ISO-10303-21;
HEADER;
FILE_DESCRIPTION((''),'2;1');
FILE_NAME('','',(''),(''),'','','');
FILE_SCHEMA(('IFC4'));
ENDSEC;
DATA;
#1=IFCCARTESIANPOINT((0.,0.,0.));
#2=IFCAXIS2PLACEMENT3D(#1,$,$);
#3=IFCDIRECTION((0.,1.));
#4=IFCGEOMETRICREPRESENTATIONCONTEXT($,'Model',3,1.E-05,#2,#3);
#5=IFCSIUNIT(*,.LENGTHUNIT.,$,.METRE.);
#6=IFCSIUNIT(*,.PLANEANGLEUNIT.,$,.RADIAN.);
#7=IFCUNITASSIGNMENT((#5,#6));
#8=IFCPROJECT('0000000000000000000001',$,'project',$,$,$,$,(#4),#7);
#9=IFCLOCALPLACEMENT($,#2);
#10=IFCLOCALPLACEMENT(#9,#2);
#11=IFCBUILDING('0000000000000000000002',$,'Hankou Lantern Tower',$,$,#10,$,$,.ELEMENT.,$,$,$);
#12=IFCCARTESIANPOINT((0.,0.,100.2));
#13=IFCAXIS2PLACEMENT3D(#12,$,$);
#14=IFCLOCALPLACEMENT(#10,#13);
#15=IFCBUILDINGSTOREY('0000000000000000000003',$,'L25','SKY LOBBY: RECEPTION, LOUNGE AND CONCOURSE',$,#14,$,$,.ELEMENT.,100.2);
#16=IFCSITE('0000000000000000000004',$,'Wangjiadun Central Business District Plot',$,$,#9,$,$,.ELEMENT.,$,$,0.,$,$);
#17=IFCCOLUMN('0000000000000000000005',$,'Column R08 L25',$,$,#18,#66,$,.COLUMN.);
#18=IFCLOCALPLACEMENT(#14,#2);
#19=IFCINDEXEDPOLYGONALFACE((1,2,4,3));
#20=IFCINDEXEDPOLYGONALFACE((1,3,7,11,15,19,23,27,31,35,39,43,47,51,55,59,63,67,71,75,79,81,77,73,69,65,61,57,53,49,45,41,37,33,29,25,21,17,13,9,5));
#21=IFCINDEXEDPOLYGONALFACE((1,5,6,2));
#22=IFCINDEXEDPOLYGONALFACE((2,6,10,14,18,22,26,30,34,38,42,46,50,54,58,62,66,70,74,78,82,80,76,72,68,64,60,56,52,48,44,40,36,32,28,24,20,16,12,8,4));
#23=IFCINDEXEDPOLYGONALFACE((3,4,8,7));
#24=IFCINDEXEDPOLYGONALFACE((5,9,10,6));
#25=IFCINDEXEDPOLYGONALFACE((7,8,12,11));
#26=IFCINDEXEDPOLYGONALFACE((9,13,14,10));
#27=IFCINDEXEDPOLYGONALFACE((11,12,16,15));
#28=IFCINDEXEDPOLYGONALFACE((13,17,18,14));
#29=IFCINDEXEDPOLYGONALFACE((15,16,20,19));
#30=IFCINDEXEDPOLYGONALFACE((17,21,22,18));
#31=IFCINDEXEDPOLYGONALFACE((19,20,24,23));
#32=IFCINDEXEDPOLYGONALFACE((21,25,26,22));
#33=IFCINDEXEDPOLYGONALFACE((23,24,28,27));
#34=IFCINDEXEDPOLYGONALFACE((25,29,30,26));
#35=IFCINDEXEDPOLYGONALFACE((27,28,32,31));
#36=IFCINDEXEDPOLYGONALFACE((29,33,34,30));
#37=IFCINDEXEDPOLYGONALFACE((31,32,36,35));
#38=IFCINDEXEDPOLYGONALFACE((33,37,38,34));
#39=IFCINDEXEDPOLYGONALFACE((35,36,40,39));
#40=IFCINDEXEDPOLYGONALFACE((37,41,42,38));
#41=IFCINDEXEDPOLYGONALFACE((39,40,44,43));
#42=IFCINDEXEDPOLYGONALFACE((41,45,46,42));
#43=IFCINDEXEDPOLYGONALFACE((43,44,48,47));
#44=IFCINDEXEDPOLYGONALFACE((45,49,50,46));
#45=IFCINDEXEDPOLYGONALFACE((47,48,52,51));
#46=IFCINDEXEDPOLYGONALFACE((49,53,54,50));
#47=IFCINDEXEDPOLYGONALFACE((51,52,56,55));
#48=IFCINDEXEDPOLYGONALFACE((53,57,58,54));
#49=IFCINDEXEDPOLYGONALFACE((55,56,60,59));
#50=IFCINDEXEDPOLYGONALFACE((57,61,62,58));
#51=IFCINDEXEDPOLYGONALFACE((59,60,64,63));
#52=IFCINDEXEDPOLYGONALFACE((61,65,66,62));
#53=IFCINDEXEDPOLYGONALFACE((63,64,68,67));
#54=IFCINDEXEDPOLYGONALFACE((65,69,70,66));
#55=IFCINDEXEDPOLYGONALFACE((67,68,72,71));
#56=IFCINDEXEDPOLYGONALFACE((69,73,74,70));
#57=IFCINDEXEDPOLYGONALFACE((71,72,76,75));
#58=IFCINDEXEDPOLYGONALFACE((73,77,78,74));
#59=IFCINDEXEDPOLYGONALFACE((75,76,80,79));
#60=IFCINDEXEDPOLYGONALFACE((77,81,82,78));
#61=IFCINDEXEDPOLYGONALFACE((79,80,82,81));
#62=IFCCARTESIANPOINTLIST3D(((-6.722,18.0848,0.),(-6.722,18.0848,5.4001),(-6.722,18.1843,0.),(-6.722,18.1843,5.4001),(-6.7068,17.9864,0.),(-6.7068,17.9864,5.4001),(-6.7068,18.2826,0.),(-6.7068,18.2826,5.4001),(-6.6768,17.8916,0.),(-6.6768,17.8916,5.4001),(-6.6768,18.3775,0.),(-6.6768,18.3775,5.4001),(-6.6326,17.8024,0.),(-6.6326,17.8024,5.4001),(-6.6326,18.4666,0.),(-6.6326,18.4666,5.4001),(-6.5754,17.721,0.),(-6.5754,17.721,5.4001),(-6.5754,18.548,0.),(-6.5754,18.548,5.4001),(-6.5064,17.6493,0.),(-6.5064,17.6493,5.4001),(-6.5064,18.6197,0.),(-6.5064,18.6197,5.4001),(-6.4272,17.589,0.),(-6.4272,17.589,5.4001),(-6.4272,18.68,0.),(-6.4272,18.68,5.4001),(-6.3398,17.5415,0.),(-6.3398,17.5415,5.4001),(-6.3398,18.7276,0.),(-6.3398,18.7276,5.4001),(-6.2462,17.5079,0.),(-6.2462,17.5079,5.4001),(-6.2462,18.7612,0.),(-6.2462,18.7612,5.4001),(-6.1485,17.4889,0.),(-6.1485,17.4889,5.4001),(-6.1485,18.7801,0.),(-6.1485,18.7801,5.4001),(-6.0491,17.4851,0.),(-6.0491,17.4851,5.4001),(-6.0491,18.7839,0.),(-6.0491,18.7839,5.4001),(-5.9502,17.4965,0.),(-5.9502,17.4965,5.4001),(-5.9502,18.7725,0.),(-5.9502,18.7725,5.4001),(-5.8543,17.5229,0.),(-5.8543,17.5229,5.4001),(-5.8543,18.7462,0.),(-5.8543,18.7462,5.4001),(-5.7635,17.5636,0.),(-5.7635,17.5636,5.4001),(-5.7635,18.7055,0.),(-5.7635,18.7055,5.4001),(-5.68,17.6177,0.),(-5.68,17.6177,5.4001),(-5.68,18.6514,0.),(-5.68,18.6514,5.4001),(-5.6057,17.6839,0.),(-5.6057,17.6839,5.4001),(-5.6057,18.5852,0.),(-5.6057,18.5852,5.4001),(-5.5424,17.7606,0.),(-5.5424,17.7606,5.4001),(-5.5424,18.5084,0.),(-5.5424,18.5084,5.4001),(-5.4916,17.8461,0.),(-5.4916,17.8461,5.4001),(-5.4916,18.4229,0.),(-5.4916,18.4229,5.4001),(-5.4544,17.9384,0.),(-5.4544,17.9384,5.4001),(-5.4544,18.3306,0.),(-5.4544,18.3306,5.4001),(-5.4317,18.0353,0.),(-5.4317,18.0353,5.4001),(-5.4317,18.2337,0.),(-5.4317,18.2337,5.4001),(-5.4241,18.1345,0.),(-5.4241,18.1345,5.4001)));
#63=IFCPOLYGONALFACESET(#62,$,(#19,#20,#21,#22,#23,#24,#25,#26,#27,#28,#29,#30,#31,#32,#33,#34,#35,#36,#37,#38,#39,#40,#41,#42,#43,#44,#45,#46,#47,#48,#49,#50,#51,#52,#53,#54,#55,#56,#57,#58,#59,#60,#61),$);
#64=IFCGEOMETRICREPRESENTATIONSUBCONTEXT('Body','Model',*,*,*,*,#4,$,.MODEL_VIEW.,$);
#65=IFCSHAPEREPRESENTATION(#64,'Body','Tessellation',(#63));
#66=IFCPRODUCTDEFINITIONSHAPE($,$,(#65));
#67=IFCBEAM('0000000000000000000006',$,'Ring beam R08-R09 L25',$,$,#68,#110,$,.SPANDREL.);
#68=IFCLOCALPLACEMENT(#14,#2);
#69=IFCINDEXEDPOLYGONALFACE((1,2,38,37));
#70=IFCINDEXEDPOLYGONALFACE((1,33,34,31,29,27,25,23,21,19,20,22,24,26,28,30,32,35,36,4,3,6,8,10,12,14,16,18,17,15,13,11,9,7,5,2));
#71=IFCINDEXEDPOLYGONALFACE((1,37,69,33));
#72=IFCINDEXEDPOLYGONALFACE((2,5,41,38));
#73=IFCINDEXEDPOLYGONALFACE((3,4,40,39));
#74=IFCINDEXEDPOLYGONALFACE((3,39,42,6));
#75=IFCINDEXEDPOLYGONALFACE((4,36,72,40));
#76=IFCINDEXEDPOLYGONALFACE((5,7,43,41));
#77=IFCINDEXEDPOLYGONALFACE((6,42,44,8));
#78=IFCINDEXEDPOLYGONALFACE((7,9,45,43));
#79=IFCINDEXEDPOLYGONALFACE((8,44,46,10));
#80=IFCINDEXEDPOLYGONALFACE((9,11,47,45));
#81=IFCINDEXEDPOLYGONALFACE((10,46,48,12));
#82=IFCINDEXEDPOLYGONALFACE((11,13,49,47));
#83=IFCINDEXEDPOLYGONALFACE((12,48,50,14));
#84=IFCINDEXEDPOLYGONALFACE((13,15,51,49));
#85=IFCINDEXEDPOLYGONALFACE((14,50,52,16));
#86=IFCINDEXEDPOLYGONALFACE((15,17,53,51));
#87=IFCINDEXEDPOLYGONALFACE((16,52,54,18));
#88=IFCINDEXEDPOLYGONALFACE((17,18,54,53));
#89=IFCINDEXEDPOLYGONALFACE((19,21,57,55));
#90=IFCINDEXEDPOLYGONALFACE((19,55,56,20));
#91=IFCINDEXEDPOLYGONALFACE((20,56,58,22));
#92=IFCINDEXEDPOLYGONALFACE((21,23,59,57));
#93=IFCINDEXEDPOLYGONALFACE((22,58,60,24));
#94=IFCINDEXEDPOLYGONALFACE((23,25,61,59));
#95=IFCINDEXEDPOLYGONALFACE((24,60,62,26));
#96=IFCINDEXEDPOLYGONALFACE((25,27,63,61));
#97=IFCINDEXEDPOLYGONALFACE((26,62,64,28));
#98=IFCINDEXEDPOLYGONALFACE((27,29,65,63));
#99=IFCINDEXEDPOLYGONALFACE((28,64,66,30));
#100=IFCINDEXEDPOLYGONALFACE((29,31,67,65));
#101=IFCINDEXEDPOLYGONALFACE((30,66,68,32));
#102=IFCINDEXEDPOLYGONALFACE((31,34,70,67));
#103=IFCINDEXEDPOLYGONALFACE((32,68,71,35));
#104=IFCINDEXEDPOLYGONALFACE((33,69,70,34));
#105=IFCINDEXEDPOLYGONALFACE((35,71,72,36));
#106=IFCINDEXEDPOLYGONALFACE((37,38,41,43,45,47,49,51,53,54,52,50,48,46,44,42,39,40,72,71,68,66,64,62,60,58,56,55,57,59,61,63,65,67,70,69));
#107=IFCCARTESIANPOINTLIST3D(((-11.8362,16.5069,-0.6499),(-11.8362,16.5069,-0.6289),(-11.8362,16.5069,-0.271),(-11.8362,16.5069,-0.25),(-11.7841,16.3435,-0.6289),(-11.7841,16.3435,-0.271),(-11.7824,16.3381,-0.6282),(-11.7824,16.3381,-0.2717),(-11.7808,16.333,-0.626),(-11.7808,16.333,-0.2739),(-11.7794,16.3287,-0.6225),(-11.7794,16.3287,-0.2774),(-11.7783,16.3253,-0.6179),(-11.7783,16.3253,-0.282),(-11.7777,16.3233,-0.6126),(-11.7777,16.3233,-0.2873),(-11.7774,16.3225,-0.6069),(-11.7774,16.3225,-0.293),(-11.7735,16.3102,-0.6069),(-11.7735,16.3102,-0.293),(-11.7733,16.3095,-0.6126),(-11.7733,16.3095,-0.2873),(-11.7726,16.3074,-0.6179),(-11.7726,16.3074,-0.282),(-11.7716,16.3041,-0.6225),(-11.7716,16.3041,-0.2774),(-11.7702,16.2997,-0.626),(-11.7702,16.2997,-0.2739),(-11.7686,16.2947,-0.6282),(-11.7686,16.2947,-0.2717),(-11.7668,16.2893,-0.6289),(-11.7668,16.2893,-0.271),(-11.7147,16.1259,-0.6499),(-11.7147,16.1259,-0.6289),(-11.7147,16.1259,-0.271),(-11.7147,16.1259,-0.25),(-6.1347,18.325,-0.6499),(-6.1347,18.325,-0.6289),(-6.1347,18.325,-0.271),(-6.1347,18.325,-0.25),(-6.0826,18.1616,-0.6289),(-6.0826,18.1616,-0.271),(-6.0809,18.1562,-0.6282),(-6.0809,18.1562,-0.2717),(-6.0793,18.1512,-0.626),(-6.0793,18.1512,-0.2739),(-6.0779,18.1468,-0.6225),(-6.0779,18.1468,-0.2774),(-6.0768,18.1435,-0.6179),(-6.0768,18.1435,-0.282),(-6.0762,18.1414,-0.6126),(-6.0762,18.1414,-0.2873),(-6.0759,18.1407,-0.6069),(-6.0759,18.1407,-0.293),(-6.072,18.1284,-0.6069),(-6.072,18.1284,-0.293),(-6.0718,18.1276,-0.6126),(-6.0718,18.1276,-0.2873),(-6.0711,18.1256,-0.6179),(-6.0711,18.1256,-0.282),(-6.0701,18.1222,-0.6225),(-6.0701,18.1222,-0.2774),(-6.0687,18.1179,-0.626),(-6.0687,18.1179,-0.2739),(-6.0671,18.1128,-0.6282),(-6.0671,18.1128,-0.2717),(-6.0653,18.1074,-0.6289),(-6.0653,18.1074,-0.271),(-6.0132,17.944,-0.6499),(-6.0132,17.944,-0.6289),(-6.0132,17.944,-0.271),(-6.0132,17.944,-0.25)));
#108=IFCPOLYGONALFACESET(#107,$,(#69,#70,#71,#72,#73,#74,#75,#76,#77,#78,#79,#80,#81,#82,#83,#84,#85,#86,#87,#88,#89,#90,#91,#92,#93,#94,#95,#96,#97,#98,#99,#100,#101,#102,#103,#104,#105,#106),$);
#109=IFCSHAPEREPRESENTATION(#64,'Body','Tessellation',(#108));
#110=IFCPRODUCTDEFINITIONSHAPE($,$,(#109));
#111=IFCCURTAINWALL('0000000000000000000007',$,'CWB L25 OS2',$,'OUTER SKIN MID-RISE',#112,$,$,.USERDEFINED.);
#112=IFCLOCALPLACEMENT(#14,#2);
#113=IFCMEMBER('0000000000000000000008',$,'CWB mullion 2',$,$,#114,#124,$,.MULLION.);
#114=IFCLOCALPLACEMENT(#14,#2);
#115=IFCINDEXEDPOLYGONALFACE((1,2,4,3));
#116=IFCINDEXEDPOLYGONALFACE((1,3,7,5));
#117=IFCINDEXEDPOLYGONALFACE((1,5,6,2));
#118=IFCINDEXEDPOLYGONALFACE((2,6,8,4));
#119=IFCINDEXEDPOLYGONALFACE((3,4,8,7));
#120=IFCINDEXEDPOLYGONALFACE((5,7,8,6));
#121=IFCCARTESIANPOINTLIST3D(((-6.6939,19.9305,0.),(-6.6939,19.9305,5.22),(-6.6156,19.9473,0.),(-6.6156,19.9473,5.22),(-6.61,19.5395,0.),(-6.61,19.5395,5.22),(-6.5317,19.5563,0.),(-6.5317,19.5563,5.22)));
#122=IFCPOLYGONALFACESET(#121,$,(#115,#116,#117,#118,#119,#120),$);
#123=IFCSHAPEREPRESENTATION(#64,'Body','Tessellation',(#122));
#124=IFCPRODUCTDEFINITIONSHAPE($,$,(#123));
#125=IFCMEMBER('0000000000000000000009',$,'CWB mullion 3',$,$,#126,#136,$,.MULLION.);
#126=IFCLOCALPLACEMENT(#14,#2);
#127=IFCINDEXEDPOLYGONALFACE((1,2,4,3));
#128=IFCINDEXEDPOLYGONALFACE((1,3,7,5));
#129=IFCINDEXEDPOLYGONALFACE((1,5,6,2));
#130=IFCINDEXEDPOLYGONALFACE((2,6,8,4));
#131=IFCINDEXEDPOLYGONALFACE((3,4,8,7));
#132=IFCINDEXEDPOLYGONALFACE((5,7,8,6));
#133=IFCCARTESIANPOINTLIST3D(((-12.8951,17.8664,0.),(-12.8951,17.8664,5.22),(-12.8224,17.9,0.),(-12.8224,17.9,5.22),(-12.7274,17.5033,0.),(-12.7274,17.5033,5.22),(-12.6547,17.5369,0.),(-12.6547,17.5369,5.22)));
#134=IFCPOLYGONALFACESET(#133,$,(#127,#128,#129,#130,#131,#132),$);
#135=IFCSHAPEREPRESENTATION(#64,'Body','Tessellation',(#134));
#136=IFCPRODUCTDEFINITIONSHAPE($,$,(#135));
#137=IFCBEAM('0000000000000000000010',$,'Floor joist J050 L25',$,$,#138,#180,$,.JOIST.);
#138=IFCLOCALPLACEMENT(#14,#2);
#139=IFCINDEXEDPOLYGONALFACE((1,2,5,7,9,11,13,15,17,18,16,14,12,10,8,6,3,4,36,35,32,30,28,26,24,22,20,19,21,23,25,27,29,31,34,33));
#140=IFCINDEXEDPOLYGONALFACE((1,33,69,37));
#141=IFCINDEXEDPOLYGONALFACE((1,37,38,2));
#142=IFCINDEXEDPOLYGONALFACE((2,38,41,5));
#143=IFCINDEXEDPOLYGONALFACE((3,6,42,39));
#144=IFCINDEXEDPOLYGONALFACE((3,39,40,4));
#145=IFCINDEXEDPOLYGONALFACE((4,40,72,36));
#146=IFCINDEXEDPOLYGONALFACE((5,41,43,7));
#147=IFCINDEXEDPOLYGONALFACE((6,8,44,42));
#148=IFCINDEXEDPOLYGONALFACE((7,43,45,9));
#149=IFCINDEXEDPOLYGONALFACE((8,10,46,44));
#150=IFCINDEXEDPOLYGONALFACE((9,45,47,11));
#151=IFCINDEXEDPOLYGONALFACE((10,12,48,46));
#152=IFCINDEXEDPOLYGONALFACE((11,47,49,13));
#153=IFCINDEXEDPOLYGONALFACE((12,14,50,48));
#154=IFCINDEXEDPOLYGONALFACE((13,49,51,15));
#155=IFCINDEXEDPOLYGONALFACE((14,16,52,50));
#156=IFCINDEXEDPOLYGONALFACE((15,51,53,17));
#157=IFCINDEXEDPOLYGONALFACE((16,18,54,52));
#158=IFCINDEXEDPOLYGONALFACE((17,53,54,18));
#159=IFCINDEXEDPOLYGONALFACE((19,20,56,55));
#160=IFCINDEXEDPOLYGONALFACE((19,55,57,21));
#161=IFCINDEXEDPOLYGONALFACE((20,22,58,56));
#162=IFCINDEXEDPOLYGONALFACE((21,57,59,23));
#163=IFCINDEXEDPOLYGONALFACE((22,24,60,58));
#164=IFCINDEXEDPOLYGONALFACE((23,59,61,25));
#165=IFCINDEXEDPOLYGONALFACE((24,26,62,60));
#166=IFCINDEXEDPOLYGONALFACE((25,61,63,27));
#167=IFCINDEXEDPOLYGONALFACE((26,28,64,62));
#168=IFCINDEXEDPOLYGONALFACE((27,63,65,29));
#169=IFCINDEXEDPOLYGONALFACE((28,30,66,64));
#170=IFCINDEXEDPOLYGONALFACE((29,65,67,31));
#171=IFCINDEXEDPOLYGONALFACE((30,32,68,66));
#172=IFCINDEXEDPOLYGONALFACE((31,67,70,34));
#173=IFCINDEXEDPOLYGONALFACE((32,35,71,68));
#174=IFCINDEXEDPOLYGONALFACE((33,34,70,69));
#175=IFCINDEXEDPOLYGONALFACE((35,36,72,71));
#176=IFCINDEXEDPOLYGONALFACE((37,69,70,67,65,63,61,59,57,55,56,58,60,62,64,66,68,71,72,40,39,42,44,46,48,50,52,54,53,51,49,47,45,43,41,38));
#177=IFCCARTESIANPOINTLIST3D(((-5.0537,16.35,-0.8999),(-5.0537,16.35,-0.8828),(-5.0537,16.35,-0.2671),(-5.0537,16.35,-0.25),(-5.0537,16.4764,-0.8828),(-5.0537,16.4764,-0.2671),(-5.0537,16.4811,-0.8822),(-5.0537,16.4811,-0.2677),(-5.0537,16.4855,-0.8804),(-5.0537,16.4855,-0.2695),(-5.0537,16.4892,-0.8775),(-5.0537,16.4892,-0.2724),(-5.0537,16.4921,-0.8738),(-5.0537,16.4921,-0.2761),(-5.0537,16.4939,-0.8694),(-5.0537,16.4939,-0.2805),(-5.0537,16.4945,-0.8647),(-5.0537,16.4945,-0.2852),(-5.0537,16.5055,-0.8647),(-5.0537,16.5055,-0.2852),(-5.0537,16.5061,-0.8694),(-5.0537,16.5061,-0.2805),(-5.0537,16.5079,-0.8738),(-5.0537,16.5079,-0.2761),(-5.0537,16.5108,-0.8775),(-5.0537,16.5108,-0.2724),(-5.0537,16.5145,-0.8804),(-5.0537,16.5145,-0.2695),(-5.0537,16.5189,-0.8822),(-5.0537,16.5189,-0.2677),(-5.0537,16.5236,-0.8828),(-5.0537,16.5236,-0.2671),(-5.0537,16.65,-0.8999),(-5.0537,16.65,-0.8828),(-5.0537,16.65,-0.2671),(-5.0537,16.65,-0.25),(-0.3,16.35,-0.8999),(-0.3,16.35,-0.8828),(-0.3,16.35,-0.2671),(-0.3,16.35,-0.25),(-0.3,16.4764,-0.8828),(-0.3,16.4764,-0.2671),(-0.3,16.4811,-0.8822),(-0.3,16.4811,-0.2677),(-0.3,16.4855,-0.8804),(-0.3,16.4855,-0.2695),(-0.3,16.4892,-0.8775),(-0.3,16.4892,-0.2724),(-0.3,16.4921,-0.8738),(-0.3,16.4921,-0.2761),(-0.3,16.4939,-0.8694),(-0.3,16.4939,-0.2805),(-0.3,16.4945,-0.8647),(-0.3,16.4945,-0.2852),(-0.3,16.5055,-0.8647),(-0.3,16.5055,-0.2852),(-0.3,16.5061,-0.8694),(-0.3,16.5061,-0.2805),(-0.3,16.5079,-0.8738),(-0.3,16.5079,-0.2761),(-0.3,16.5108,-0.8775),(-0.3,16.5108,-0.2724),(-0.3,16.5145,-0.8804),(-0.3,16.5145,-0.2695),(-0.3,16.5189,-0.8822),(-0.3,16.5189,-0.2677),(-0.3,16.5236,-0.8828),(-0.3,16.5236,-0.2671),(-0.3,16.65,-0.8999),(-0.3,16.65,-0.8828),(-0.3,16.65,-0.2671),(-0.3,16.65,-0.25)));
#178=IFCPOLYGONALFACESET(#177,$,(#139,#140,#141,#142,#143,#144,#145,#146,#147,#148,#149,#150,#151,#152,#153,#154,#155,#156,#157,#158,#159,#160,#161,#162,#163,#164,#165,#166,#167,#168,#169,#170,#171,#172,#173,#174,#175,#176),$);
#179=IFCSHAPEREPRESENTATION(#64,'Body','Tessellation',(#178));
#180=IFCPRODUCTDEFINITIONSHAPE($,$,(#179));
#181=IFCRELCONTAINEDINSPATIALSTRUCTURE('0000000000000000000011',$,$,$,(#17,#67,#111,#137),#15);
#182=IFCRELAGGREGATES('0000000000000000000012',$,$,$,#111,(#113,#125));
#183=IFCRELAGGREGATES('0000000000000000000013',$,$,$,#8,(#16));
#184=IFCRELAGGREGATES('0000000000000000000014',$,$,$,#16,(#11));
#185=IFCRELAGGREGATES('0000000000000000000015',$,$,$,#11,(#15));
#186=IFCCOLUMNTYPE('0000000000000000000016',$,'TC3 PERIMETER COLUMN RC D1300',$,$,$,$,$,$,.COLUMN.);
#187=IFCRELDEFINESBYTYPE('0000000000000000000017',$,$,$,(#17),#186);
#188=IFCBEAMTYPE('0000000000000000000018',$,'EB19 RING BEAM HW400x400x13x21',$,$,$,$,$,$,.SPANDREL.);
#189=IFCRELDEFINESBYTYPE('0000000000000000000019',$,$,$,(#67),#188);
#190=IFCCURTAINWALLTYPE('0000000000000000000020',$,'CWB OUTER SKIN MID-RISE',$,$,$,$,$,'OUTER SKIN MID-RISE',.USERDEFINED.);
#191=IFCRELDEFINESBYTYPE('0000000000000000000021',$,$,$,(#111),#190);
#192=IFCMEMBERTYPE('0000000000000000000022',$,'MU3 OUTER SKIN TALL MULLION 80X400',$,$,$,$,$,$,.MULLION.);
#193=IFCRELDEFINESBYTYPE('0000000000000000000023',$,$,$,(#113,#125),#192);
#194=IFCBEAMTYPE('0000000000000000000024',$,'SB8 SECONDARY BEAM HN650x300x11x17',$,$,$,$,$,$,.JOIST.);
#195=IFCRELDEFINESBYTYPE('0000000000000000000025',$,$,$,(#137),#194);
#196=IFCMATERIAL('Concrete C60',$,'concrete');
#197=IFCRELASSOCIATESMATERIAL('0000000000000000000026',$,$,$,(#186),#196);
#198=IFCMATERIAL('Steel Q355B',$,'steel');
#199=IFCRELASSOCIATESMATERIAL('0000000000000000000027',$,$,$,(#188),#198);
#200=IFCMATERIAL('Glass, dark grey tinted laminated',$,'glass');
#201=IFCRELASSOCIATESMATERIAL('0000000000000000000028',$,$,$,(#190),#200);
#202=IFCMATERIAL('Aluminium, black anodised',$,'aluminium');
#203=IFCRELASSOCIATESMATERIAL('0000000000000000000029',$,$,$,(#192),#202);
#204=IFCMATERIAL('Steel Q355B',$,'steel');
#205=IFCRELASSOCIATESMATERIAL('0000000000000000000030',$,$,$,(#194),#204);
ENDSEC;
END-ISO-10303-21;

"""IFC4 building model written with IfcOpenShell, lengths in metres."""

from ifc_helpers import new_model, si_unit, direction, frame, origin, origin_2d, place, context, subcontext, project, spatial, rectangle, circle, i_section, extrude, material, material_profile, profile_set, type_object, element, aggregate, save


model = new_model("IFC4")

# Units and contexts
model_context = context("Model", 3, precision=1e-05, world=origin(), true_north=direction((0.0, 1.0)))
body_context = subcontext(model_context, "Body", "Model", "MODEL_VIEW")
ifc_project = project(units=[si_unit("LENGTHUNIT", "METRE"), si_unit("PLANEANGLEUNIT", "RADIAN")], contexts=[model_context])

# Site, building, storey
site_placement = place(None, origin())
site = spatial("IfcSite", under=ifc_project, at=site_placement, Name="Wangjiadun Central Business District Plot", CompositionType="ELEMENT", RefElevation=0.0)
building_placement = place(site_placement, origin())
building = spatial("IfcBuilding", under=site, at=building_placement, Name="Hankou Lantern Tower", CompositionType="ELEMENT")
storey_placement = place(building_placement, frame((0.0, 0.0, 100.2)))
storey = spatial("IfcBuildingStorey", under=building, at=storey_placement, Name="L25", Description="SKY LOBBY: RECEPTION, LOUNGE AND CONCOURSE", CompositionType="ELEMENT", Elevation=100.2)

# Column
ifc_material_1 = material(Name="Concrete C60", Category="concrete")
ifc_material_profile_1 = material_profile(ifc_material_1, circle(Radius=0.6499, at=origin_2d()), Name="RC D1300")
ifc_profile_set_1 = profile_set([ifc_material_profile_1], Name="Concrete C60")
column_type = type_object("IfcColumnType", Name="TC3 PERIMETER COLUMN RC D1300", PredefinedType="COLUMN", material=ifc_profile_set_1)
column_placement = place(storey_placement, frame((-6.074, 18.1345, 0.0), z_axis=(0.0, 0.0, 1.0), x_axis=(1.0, 0.0, 0.0)))
element("IfcColumn", 1, at=column_placement, inside=storey, type_object=column_type, Name="Column R08 L25", PredefinedType="COLUMN", context=body_context, shape_type="SweptSolid", body=[
    extrude(circle(Radius=0.6499, at=origin_2d()), origin(), (0.0, 0.0, 1.0), 5.4001),
])

# Beam
ifc_material_2 = material(Name="Steel Q355B", Category="steel")
ifc_material_profile_2 = material_profile(ifc_material_2, i_section(OverallWidth=0.3999, OverallDepth=0.3999, WebThickness=0.0129, FlangeThickness=0.021, FilletRadius=0.022, at=origin_2d()), Name="HW400x400x13x21")
ifc_profile_set_2 = profile_set([ifc_material_profile_2], Name="Steel Q355B")
beam_type_1 = type_object("IfcBeamType", Name="EB19 RING BEAM HW400x400x13x21", PredefinedType="SPANDREL", material=ifc_profile_set_2)
beam_1_placement = place(storey_placement, frame((-6.074, 18.1345, -0.45), z_axis=(-0.952731, -0.303815, 0.0), x_axis=(0.303815, -0.952731, 0.0)))
element("IfcBeam", 2, at=beam_1_placement, inside=storey, type_object=beam_type_1, Name="Ring beam R08-R09 L25", PredefinedType="SPANDREL", context=body_context, shape_type="SweptSolid", body=[
    extrude(i_section(OverallWidth=0.3999, OverallDepth=0.3999, WebThickness=0.0129, FlangeThickness=0.021, FilletRadius=0.022, at=origin_2d()), origin(), (0.0, 0.0, 1.0), 5.9844),
])

# Curtain wall, members
ifc_material_3 = material(Name="Glass, dark grey tinted laminated", Category="glass")
curtain_wall_type = type_object("IfcCurtainWallType", Name="CWB OUTER SKIN MID-RISE", ElementType="OUTER SKIN MID-RISE", PredefinedType="USERDEFINED", material=ifc_material_3)
curtain_wall_placement = place(storey_placement, origin())
curtain_wall = element("IfcCurtainWall", 3, at=curtain_wall_placement, inside=storey, type_object=curtain_wall_type, Name="CWB L25 OS2", ObjectType="OUTER SKIN MID-RISE", PredefinedType="USERDEFINED")
ifc_material_4 = material(Name="Aluminium, black anodised", Category="aluminium")
ifc_material_profile_3 = material_profile(ifc_material_4, rectangle(XDim=0.0801, YDim=0.3999, at=origin_2d()), Name="MU3 80X400")
ifc_profile_set_3 = profile_set([ifc_material_profile_3], Name="Aluminium, black anodised")
member_type_1 = type_object("IfcMemberType", Name="MU3 OUTER SKIN TALL MULLION 80X400", PredefinedType="MULLION", material=ifc_profile_set_3)
member_1_placement = place(storey_placement, frame((-6.6128, 19.7434, 0.0), z_axis=(0.0, 0.0, 1.0), x_axis=(-0.977788, -0.209598, 0.0)))
member_1 = element("IfcMember", 4, at=member_1_placement, type_object=member_type_1, Name="CWB mullion 2", PredefinedType="MULLION", context=body_context, shape_type="SweptSolid", body=[
    extrude(rectangle(XDim=0.0801, YDim=0.3999, at=origin_2d()), origin(), (0.0, 0.0, 1.0), 5.22),
])
member_2_placement = place(storey_placement, frame((-12.7749, 17.7017, 0.0), z_axis=(0.0, 0.0, 1.0), x_axis=(-0.907841, -0.419314, 0.0)))
member_2 = element("IfcMember", 5, at=member_2_placement, type_object=member_type_1, Name="CWB mullion 3", PredefinedType="MULLION", context=body_context, shape_type="SweptSolid", body=[
    extrude(rectangle(XDim=0.0801, YDim=0.3999, at=origin_2d()), origin(), (0.0, 0.0, 1.0), 5.22),
])

# Beam
ifc_material_5 = material(Name="Steel Q355B", Category="steel")
ifc_material_profile_4 = material_profile(ifc_material_5, i_section(OverallWidth=0.3, OverallDepth=0.6499, WebThickness=0.011, FlangeThickness=0.0171, FilletRadius=0.0181, at=origin_2d()), Name="HN650x300x11x17")
ifc_profile_set_4 = profile_set([ifc_material_profile_4], Name="Steel Q355B")
beam_type_2 = type_object("IfcBeamType", Name="SB8 SECONDARY BEAM HN650x300x11x17", PredefinedType="JOIST", material=ifc_profile_set_4)
beam_2_placement = place(storey_placement, frame((-5.0537, 16.5, -0.575), z_axis=(1.0, 0.0, 0.0), x_axis=(0.0, 1.0, 0.0)))
element("IfcBeam", 6, at=beam_2_placement, inside=storey, type_object=beam_type_2, Name="Floor joist J050 L25", PredefinedType="JOIST", context=body_context, shape_type="SweptSolid", body=[
    extrude(i_section(OverallWidth=0.3, OverallDepth=0.6499, WebThickness=0.011, FlangeThickness=0.0171, FilletRadius=0.0181, at=origin_2d()), origin(), (0.0, 0.0, 1.0), 4.7537),
])

aggregate(curtain_wall, [member_1, member_2])

save(model, "model.ifc")
